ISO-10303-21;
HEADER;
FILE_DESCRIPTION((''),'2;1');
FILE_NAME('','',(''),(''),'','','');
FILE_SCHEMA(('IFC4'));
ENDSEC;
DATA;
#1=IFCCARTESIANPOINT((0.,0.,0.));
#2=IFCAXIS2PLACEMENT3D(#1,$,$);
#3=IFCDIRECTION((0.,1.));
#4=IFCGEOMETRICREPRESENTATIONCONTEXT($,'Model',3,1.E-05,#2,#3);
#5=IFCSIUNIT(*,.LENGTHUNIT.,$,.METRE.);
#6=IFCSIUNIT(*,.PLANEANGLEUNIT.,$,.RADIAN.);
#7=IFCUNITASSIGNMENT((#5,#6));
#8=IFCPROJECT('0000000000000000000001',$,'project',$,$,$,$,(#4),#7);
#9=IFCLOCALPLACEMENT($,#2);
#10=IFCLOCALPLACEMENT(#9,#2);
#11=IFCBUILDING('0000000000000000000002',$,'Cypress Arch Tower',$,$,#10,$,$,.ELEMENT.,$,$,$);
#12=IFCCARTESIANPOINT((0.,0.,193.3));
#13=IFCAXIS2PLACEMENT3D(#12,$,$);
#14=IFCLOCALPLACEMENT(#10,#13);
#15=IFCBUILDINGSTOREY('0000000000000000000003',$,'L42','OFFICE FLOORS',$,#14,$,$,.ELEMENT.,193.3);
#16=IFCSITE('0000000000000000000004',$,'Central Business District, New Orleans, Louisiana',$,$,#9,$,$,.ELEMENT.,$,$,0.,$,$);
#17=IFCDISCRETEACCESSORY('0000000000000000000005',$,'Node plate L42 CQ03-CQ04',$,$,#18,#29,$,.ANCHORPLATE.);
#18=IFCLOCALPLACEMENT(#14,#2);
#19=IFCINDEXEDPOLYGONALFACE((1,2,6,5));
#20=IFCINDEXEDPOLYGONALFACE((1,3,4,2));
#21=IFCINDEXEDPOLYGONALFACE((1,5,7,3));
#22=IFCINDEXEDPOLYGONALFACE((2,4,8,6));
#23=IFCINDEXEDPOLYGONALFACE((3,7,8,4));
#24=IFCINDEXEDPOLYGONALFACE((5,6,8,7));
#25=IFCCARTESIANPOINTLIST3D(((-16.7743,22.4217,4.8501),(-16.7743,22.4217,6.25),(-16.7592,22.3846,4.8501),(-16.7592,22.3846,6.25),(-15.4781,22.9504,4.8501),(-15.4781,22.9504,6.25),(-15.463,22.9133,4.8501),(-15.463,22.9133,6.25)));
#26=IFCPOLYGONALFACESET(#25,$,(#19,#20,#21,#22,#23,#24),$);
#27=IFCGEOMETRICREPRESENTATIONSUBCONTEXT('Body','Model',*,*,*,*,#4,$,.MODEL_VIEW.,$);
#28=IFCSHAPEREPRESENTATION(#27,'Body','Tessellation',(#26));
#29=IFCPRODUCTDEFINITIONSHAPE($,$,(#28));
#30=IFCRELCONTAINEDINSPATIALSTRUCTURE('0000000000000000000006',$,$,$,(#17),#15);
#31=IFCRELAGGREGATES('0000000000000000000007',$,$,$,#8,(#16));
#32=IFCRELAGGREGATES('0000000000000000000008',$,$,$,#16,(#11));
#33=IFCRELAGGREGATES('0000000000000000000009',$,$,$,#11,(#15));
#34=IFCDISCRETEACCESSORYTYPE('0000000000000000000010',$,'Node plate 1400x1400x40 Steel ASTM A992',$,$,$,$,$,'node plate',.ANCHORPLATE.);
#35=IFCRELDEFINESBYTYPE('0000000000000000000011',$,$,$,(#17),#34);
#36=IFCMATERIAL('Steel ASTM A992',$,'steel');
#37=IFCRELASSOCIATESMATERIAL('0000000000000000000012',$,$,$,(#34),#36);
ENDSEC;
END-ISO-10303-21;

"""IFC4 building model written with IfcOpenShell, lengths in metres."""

from ifc_helpers import new_model, si_unit, direction, frame, origin, origin_2d, place, context, subcontext, project, spatial, rectangle, extrude, material, material_profile, profile_set, type_object, element, save


model = new_model("IFC4")

# Units and contexts
model_context = context("Model", 3, precision=1e-05, world=origin(), true_north=direction((0.0, 1.0)))
body_context = subcontext(model_context, "Body", "Model", "MODEL_VIEW")
ifc_project = project(units=[si_unit("LENGTHUNIT", "METRE"), si_unit("PLANEANGLEUNIT", "RADIAN")], contexts=[model_context])

# Site, building, storey
site_placement = place(None, origin())
site = spatial("IfcSite", under=ifc_project, at=site_placement, Name="Central Business District, New Orleans, Louisiana", CompositionType="ELEMENT", RefElevation=0.0)
building_placement = place(site_placement, origin())
building = spatial("IfcBuilding", under=site, at=building_placement, Name="Cypress Arch Tower", CompositionType="ELEMENT")
storey_placement = place(building_placement, frame((0.0, 0.0, 193.3)))
storey = spatial("IfcBuildingStorey", under=building, at=storey_placement, Name="L42", Description="OFFICE FLOORS", CompositionType="ELEMENT", Elevation=193.3)

# Discrete accessory
ifc_material_1 = material(Name="Steel ASTM A992", Category="steel")
ifc_material_profile_1 = material_profile(ifc_material_1, rectangle(XDim=1.3999, YDim=1.3999, at=origin_2d()), Name="PL 40 1400x1400")
ifc_profile_set_1 = profile_set([ifc_material_profile_1], Name="Steel ASTM A992")
discrete_accessory_type_1 = type_object("IfcDiscreteAccessoryType", Name="Node plate 1400x1400x40 Steel ASTM A992", ElementType="node plate", PredefinedType="ANCHORPLATE", material=ifc_profile_set_1)
discrete_accessory_placement = place(storey_placement, frame((-16.1262, 22.686, 5.55), z_axis=(0.377684, -0.925935, 0.0), x_axis=(0.925935, 0.377684, 0.0)))
element("IfcDiscreteAccessory", 1, at=discrete_accessory_placement, inside=storey, type_object=discrete_accessory_type_1, Name="Node plate L42 CQ03-CQ04", PredefinedType="ANCHORPLATE", context=body_context, shape_type="SweptSolid", body=[
    extrude(rectangle(XDim=1.3999, YDim=1.3999, at=origin_2d()), origin(), (0.0, 0.0, 1.0), 0.04),
])

save(model, "model.ifc")
